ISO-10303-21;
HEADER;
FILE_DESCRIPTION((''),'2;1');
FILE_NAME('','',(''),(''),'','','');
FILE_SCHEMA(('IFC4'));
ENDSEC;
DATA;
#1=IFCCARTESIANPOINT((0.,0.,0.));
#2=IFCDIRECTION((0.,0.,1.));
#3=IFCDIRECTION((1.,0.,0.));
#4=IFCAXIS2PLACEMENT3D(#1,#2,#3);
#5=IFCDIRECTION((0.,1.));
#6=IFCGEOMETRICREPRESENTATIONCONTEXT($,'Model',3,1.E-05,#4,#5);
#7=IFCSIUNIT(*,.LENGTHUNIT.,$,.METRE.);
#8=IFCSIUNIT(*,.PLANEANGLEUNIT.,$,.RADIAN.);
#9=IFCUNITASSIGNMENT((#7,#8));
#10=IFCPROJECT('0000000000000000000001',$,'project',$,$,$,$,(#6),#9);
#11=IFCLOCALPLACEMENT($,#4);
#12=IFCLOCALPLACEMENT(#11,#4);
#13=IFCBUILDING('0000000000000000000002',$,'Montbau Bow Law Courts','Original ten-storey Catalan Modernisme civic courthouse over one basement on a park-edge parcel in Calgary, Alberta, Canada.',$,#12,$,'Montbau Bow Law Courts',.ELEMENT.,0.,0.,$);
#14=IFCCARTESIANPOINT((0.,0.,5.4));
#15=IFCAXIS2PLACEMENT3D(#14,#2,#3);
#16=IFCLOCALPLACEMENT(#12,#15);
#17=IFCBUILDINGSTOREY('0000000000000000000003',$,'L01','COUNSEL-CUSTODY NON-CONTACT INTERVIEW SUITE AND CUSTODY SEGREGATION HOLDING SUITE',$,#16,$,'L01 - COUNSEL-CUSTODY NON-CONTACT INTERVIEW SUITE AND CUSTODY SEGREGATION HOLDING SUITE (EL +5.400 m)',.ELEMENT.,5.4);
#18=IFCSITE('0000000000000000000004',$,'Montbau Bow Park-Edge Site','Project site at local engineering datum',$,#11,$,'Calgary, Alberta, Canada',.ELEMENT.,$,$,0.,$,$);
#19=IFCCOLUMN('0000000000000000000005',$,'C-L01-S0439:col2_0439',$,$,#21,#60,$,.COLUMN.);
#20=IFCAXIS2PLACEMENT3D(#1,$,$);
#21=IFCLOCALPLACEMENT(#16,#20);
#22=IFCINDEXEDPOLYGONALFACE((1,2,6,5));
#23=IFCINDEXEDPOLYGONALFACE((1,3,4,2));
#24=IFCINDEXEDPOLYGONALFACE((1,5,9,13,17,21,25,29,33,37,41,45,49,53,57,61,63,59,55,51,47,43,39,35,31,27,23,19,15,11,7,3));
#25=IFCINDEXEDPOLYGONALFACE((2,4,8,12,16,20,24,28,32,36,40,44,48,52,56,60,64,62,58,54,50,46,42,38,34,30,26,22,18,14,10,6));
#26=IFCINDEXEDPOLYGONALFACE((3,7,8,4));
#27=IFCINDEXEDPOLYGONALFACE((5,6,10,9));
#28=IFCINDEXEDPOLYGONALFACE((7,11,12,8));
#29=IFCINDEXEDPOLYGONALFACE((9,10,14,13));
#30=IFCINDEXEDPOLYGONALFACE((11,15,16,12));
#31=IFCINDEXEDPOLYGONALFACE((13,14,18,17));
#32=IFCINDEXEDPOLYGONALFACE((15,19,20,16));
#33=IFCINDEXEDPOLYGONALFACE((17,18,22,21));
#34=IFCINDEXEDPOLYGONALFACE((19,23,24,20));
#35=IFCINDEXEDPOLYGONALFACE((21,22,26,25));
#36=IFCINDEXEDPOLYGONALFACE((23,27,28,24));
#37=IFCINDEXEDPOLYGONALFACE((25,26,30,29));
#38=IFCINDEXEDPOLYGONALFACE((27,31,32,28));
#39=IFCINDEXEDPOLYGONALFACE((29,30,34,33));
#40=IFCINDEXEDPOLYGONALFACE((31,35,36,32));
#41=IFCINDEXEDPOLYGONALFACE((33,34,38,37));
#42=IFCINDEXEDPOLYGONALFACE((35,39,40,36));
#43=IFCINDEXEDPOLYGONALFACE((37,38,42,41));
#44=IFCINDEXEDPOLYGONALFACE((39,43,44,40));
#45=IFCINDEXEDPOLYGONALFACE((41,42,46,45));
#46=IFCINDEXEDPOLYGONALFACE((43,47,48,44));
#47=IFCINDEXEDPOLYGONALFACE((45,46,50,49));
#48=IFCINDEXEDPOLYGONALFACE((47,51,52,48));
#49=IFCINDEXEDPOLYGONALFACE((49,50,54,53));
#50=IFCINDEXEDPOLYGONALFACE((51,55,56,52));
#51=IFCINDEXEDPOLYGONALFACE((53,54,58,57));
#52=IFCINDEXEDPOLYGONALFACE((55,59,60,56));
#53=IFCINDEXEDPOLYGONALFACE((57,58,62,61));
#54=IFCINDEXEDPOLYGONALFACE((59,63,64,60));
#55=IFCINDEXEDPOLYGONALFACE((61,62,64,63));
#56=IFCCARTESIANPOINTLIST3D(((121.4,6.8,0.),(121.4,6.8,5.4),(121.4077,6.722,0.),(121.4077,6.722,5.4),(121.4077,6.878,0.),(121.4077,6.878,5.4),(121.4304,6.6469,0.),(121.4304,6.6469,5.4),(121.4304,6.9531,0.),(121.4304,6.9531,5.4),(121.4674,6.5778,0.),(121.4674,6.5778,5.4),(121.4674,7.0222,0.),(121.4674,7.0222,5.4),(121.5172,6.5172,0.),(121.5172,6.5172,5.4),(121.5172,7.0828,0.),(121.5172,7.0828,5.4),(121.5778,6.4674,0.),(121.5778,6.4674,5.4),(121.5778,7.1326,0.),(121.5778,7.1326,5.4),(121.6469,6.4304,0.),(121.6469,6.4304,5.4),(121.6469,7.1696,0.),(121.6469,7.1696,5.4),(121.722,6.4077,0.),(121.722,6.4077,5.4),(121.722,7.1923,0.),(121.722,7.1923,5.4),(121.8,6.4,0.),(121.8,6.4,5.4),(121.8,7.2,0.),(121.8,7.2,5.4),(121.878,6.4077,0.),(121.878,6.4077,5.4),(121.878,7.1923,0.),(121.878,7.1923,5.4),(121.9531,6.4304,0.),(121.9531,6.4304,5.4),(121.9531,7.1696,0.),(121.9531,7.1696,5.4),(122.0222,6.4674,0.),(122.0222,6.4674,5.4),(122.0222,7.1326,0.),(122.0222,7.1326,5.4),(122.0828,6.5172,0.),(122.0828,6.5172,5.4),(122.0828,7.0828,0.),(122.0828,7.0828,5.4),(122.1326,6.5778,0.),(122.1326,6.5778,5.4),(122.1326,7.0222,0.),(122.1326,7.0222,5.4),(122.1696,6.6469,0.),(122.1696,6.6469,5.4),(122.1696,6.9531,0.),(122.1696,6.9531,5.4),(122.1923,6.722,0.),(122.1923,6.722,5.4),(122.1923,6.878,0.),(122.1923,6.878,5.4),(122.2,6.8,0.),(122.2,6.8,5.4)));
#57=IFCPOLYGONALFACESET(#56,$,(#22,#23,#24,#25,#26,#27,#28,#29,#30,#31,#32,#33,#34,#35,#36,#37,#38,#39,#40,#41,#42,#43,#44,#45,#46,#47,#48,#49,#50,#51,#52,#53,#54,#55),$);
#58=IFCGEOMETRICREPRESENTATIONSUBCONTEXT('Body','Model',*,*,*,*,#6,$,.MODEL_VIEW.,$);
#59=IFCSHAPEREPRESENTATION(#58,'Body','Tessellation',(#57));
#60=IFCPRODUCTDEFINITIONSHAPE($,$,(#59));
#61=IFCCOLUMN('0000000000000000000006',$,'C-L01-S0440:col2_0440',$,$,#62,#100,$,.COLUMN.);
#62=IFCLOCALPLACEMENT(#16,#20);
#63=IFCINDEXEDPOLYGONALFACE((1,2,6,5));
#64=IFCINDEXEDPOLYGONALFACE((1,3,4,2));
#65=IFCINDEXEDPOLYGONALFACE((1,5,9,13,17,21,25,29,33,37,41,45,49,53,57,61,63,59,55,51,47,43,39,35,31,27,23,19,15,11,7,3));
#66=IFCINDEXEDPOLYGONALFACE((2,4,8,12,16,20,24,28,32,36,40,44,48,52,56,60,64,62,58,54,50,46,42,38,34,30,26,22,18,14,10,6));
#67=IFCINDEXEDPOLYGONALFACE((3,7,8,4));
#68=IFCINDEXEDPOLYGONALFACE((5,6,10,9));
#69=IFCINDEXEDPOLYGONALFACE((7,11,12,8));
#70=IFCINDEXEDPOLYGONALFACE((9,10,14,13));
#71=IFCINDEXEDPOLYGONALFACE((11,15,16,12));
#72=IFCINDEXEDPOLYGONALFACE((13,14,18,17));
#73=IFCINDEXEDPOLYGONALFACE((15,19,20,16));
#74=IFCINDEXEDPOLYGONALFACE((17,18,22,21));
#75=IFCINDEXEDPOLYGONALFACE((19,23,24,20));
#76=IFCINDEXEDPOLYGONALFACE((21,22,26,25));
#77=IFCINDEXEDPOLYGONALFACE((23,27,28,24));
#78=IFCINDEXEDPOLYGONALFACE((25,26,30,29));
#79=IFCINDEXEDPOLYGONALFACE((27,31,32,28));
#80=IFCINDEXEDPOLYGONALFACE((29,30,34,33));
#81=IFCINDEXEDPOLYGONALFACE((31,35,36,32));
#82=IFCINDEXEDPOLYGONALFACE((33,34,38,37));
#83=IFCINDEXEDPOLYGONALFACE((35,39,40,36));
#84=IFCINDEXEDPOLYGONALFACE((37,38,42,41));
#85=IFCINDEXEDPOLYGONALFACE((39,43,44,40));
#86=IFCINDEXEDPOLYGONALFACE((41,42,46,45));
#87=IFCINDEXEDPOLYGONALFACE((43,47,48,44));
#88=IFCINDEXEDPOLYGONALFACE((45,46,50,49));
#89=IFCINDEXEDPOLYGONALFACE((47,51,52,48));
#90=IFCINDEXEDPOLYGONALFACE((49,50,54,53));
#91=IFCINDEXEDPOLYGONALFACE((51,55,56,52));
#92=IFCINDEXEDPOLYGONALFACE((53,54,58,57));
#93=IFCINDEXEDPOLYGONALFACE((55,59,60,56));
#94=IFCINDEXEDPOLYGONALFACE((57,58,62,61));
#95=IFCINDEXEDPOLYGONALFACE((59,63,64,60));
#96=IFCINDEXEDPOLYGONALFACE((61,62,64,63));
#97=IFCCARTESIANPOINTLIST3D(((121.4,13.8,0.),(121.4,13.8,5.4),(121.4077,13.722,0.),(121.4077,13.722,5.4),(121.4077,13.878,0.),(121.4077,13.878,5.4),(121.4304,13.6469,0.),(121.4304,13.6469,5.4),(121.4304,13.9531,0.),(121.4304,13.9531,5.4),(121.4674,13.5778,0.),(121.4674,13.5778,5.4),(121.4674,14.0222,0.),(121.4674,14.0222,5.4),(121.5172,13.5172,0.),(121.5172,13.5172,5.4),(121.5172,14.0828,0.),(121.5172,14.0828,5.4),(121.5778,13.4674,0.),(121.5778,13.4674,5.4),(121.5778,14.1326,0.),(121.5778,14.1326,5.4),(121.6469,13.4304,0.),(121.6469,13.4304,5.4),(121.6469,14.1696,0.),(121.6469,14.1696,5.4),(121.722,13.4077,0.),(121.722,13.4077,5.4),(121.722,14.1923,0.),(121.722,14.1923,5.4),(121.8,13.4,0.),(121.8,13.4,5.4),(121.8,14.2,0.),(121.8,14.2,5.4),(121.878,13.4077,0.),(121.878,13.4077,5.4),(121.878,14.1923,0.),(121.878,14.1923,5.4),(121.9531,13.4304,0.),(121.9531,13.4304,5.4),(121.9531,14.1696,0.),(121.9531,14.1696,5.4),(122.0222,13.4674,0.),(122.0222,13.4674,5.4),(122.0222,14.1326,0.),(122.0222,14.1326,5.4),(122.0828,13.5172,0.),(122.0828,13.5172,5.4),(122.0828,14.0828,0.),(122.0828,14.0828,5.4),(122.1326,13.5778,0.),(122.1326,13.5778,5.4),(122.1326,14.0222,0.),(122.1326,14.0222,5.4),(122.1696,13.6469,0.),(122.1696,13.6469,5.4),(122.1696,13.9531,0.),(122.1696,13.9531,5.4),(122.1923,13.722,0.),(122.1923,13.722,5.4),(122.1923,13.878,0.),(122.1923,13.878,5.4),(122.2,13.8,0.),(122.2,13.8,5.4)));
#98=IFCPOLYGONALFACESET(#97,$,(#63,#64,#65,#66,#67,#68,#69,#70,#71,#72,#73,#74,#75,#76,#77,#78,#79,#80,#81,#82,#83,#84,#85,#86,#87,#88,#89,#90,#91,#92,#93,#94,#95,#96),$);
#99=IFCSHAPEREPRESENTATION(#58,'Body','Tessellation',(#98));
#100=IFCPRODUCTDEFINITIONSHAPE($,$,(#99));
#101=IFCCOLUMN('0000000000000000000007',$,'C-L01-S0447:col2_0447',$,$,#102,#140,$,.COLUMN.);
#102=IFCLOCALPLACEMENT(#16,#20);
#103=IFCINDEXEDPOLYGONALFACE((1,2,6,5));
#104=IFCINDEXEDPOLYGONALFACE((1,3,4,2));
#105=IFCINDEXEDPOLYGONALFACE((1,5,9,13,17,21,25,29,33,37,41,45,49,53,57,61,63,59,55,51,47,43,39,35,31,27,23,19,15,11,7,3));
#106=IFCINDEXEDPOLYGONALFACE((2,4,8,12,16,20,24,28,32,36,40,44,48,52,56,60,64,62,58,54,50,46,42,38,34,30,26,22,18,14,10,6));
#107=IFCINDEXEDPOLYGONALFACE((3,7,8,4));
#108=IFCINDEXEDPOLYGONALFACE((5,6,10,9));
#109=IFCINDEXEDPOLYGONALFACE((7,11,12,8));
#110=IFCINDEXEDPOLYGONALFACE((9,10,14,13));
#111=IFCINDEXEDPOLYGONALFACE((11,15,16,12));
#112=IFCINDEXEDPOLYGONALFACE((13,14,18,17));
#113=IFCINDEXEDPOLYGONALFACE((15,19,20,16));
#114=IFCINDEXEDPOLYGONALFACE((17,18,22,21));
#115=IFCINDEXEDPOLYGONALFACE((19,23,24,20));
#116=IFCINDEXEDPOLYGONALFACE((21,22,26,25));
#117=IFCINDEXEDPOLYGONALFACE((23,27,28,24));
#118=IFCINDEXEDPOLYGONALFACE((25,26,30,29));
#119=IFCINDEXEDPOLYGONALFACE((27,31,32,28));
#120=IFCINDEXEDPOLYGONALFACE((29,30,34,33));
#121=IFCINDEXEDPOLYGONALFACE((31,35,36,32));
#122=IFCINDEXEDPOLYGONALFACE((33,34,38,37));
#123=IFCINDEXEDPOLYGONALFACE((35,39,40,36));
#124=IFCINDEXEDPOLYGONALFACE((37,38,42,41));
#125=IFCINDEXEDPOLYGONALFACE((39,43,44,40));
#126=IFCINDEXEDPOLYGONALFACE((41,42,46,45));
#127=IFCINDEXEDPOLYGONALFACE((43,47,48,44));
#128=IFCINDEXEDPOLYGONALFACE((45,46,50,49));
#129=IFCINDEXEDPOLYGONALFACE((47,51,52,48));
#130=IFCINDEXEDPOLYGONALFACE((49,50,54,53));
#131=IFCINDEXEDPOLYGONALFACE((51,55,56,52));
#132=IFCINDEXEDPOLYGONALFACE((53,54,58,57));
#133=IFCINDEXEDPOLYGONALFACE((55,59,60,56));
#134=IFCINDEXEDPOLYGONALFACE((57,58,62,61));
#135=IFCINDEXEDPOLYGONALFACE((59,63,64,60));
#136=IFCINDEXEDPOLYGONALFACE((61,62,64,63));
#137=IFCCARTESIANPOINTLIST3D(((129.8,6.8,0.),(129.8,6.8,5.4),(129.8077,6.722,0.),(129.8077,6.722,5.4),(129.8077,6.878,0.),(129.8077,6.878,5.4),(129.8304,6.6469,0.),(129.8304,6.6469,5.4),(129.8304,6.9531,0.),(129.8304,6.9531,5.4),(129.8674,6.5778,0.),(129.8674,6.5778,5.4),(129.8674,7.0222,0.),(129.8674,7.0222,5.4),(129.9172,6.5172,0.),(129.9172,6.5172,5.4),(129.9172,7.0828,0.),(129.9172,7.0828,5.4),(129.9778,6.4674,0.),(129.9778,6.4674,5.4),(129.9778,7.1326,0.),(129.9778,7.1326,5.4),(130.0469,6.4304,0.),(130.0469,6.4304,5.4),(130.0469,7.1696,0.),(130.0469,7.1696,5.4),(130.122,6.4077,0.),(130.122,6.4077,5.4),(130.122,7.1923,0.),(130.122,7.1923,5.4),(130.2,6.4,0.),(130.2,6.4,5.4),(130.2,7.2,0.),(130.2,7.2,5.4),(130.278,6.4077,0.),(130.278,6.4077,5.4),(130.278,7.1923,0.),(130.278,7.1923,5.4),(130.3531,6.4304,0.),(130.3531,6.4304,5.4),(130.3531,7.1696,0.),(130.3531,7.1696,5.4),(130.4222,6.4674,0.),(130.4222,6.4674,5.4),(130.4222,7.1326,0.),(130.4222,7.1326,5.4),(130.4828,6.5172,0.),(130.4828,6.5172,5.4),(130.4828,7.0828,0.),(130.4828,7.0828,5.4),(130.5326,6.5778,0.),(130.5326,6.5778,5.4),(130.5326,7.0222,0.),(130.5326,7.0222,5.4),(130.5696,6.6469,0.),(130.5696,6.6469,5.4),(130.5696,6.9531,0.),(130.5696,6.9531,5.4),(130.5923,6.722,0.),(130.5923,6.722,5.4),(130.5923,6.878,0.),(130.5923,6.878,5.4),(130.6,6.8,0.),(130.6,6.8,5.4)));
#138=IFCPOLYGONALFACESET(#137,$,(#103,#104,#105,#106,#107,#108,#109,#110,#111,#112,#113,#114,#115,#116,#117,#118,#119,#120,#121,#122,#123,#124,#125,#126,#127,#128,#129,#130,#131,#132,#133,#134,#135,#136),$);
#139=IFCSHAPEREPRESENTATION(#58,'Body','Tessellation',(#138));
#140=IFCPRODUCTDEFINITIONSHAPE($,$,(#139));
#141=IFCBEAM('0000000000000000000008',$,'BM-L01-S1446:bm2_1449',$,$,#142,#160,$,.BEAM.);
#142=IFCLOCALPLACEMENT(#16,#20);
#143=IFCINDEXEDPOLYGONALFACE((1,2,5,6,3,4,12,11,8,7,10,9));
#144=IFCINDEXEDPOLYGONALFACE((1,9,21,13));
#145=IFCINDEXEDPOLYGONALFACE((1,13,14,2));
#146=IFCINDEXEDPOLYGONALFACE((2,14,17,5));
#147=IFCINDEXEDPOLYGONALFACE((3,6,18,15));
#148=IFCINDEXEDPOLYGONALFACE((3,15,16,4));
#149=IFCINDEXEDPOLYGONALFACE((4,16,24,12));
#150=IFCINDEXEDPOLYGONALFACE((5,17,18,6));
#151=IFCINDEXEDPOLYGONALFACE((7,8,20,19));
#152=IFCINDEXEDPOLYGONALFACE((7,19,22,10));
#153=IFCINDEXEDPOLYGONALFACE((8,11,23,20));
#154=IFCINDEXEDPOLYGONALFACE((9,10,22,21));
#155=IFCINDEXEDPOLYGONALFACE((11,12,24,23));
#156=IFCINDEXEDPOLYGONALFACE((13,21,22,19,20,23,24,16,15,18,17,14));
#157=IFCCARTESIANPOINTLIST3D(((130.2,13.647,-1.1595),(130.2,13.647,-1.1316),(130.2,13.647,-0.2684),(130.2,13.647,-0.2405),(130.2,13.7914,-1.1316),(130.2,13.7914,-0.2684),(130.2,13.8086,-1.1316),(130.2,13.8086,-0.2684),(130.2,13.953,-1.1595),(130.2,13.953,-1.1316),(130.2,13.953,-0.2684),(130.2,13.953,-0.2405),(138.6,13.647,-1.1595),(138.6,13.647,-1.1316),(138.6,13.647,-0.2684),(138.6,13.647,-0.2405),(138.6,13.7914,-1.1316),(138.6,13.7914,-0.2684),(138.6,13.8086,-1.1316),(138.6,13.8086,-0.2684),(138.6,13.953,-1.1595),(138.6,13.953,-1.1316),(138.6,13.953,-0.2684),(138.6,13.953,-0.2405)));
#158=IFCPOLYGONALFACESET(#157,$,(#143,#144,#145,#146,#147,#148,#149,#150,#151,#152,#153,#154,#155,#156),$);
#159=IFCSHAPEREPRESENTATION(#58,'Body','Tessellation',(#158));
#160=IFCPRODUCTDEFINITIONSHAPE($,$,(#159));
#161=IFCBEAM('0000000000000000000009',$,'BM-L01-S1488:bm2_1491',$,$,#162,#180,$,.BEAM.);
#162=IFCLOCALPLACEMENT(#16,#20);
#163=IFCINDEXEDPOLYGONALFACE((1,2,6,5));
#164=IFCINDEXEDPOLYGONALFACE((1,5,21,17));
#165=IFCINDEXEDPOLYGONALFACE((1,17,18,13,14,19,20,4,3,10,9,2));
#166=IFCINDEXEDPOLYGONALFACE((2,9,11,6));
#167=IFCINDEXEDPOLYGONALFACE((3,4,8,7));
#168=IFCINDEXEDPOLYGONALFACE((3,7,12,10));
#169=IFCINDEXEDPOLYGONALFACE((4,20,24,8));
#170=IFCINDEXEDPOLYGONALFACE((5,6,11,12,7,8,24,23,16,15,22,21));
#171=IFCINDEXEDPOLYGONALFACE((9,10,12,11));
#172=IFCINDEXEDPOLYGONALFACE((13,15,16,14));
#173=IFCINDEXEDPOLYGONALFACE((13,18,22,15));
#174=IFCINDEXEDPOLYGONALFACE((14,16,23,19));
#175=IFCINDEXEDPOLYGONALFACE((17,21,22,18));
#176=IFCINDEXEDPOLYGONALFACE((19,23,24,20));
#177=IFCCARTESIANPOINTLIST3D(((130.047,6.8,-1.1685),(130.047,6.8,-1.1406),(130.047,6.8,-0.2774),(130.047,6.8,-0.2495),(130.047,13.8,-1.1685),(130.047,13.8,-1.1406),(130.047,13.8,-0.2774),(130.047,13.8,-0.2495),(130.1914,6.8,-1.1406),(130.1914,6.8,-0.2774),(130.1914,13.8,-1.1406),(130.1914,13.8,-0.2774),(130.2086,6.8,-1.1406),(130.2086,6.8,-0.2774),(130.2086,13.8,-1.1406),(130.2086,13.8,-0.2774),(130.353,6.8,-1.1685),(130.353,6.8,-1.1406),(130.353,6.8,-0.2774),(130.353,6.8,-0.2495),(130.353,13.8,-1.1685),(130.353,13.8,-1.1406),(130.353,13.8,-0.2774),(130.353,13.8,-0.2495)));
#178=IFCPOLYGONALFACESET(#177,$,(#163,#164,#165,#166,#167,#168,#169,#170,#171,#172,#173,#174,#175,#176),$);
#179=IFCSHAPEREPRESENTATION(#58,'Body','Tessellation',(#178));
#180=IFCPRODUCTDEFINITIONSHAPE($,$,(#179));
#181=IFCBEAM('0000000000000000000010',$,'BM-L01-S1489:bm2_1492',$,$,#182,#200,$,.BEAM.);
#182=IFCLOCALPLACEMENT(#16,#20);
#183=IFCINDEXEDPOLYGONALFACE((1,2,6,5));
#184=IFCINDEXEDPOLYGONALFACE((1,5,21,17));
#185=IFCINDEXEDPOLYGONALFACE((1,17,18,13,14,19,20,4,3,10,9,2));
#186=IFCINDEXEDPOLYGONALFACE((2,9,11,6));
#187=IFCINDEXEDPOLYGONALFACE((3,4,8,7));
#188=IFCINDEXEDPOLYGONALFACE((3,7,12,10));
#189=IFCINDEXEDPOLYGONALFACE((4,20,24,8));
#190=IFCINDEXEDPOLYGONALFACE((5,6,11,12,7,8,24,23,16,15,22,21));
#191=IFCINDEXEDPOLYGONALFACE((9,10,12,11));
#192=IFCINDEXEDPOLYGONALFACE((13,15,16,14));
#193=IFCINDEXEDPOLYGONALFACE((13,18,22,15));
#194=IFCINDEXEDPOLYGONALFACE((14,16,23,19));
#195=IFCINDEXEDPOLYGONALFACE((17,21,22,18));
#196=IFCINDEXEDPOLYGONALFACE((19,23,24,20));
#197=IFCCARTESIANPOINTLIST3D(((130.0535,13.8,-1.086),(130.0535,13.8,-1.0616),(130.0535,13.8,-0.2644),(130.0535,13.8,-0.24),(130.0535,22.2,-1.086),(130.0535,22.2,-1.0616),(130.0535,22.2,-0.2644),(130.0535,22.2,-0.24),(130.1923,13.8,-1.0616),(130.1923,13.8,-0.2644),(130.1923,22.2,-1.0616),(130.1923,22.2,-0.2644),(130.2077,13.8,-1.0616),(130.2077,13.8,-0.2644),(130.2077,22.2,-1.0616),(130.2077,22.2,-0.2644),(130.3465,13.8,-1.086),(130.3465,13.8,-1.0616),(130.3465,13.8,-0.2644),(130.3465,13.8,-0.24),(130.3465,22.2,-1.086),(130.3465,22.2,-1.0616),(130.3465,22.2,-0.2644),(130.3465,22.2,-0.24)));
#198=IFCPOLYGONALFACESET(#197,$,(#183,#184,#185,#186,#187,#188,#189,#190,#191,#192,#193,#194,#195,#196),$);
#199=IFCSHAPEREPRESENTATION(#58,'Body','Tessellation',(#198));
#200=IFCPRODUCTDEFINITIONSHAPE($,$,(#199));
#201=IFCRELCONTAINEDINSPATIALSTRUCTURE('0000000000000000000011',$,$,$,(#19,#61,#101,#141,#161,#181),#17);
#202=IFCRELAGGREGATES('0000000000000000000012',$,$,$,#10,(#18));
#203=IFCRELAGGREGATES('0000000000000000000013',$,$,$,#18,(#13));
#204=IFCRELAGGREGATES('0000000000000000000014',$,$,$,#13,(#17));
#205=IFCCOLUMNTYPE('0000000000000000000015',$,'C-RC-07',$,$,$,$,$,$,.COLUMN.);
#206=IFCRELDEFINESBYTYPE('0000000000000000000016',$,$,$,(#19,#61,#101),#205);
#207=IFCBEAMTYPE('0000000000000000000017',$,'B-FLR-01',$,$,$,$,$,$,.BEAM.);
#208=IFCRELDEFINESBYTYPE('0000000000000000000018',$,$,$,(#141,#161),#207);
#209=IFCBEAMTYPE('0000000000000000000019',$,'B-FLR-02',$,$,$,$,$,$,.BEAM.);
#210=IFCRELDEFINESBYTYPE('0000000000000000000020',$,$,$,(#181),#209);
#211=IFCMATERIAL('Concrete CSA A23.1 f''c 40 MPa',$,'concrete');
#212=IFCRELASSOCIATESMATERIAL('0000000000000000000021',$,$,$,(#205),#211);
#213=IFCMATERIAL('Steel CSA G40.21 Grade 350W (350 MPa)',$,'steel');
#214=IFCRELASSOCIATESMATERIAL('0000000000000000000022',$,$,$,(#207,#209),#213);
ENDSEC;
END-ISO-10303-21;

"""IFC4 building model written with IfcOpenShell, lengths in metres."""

from ifc_helpers import new_model, si_unit, direction, frame, origin_with_axes, origin_2d_with_axis, place, context, subcontext, project, spatial, circle, i_section, extrude, material, material_profile, profile_set, type_object, element, save


model = new_model("IFC4")

# Units and contexts
model_context = context("Model", 3, precision=1e-05, world=origin_with_axes(), true_north=direction((0.0, 1.0)))
body_context = subcontext(model_context, "Body", "Model", "MODEL_VIEW")
ifc_project = project(units=[si_unit("LENGTHUNIT", "METRE"), si_unit("PLANEANGLEUNIT", "RADIAN")], contexts=[model_context])

# Site, building, storey
site_placement = place(None, origin_with_axes())
site = spatial("IfcSite", under=ifc_project, at=site_placement, Name="Montbau Bow Park-Edge Site", Description="Project site at local engineering datum", LongName="Calgary, Alberta, Canada", CompositionType="ELEMENT", RefElevation=0.0)
building_placement = place(site_placement, origin_with_axes())
building = spatial("IfcBuilding", under=site, at=building_placement, Name="Montbau Bow Law Courts", Description="Original ten-storey Catalan Modernisme civic courthouse over one basement on a park-edge parcel in Calgary, Alberta, Canada.", LongName="Montbau Bow Law Courts", CompositionType="ELEMENT", ElevationOfRefHeight=0.0, ElevationOfTerrain=0.0)
storey_placement = place(building_placement, frame((0.0, 0.0, 5.4), z_axis=(0.0, 0.0, 1.0), x_axis=(1.0, 0.0, 0.0)))
storey = spatial("IfcBuildingStorey", under=building, at=storey_placement, Name="L01", Description="COUNSEL-CUSTODY NON-CONTACT INTERVIEW SUITE AND CUSTODY SEGREGATION HOLDING SUITE", LongName="L01 - COUNSEL-CUSTODY NON-CONTACT INTERVIEW SUITE AND CUSTODY SEGREGATION HOLDING SUITE (EL +5.400 m)", CompositionType="ELEMENT", Elevation=5.4)

# Columns
ifc_material_1 = material(Name="Concrete CSA A23.1 f'c 40 MPa", Category="concrete")
ifc_material_profile_1 = material_profile(ifc_material_1, circle(Radius=0.4, at=origin_2d_with_axis()), Name="RC800D", Category="Main", Priority=0)
ifc_profile_set_1 = profile_set([ifc_material_profile_1], Name="Concrete CSA A23.1 f'c 40 MPa")
column_type = type_object("IfcColumnType", Name="C-RC-07", PredefinedType="COLUMN", material=ifc_profile_set_1)
for number, where, z_axis, x_axis, name in (
    (1, (121.8, 6.8, 5.4), (0.0, 0.0, 1.0), (1.0, 0.0, 0.0), "C-L01-S0439:col2_0439"),
    (2, (121.8, 13.8, 5.4), (0.0, 0.0, 1.0), (1.0, 0.0, 0.0), "C-L01-S0440:col2_0440"),
    (3, (130.2, 6.8, 5.4), (0.0, 0.0, 1.0), (1.0, 0.0, 0.0), "C-L01-S0447:col2_0447"),
):
    element("IfcColumn", number, at=place(None, frame(where, z_axis=z_axis, x_axis=x_axis)), inside=storey, type_object=column_type, Name=name, PredefinedType="COLUMN", context=body_context, shape_type="SweptSolid", body=[
        extrude(circle(Radius=0.4, at=origin_2d_with_axis()), origin_with_axes(), (0.0, 0.0, 1.0), 5.4),
    ])

# Beams
ifc_material_2 = material(Name="Steel CSA G40.21 Grade 350W (350 MPa)", Category="steel")
ifc_material_profile_2 = material_profile(ifc_material_2, i_section(OverallWidth=0.306, OverallDepth=0.919, WebThickness=0.0173, FlangeThickness=0.0279, at=origin_2d_with_axis()), Name="W920X253", Category="Main", Priority=0)
ifc_profile_set_2 = profile_set([ifc_material_profile_2], Name="Steel CSA G40.21 Grade 350W (350 MPa)")
beam_type_1 = type_object("IfcBeamType", Name="B-FLR-01", PredefinedType="BEAM", material=ifc_profile_set_2)
beam_1_placement = place(None, frame((130.2, 13.8, 4.7), z_axis=(1.0, 0.0, 0.0), x_axis=(0.0, 1.0, 0.0)))
element("IfcBeam", 4, at=beam_1_placement, inside=storey, type_object=beam_type_1, Name="BM-L01-S1446:bm2_1449", PredefinedType="BEAM", context=body_context, shape_type="SweptSolid", body=[
    extrude(i_section(OverallWidth=0.306, OverallDepth=0.919, WebThickness=0.0173, FlangeThickness=0.0279, at=origin_2d_with_axis()), origin_with_axes(), (0.0, 0.0, 1.0), 8.4),
])
beam_2_placement = place(None, frame((130.2, 6.8, 4.691), z_axis=(0.0, 1.0, 0.0), x_axis=(-1.0, 0.0, 0.0)))
element("IfcBeam", 5, at=beam_2_placement, inside=storey, type_object=beam_type_1, Name="BM-L01-S1488:bm2_1491", PredefinedType="BEAM", context=body_context, shape_type="SweptSolid", body=[
    extrude(i_section(OverallWidth=0.306, OverallDepth=0.919, WebThickness=0.0173, FlangeThickness=0.0279, at=origin_2d_with_axis()), origin_with_axes(), (0.0, 0.0, 1.0), 7.0),
])
ifc_material_profile_3 = material_profile(ifc_material_2, i_section(OverallWidth=0.293, OverallDepth=0.846, WebThickness=0.0154, FlangeThickness=0.0244, at=origin_2d_with_axis()), Name="W840X210", Category="Main", Priority=0)
ifc_profile_set_3 = profile_set([ifc_material_profile_3], Name="Steel CSA G40.21 Grade 350W (350 MPa)")
beam_type_2 = type_object("IfcBeamType", Name="B-FLR-02", PredefinedType="BEAM", material=ifc_profile_set_3)
beam_3_placement = place(None, frame((130.2, 13.8, 4.737), z_axis=(0.0, 1.0, 0.0), x_axis=(-1.0, 0.0, 0.0)))
element("IfcBeam", 6, at=beam_3_placement, inside=storey, type_object=beam_type_2, Name="BM-L01-S1489:bm2_1492", PredefinedType="BEAM", context=body_context, shape_type="SweptSolid", body=[
    extrude(i_section(OverallWidth=0.293, OverallDepth=0.846, WebThickness=0.0154, FlangeThickness=0.0244, at=origin_2d_with_axis()), origin_with_axes(), (0.0, 0.0, 1.0), 8.4),
])

save(model, "model.ifc")
